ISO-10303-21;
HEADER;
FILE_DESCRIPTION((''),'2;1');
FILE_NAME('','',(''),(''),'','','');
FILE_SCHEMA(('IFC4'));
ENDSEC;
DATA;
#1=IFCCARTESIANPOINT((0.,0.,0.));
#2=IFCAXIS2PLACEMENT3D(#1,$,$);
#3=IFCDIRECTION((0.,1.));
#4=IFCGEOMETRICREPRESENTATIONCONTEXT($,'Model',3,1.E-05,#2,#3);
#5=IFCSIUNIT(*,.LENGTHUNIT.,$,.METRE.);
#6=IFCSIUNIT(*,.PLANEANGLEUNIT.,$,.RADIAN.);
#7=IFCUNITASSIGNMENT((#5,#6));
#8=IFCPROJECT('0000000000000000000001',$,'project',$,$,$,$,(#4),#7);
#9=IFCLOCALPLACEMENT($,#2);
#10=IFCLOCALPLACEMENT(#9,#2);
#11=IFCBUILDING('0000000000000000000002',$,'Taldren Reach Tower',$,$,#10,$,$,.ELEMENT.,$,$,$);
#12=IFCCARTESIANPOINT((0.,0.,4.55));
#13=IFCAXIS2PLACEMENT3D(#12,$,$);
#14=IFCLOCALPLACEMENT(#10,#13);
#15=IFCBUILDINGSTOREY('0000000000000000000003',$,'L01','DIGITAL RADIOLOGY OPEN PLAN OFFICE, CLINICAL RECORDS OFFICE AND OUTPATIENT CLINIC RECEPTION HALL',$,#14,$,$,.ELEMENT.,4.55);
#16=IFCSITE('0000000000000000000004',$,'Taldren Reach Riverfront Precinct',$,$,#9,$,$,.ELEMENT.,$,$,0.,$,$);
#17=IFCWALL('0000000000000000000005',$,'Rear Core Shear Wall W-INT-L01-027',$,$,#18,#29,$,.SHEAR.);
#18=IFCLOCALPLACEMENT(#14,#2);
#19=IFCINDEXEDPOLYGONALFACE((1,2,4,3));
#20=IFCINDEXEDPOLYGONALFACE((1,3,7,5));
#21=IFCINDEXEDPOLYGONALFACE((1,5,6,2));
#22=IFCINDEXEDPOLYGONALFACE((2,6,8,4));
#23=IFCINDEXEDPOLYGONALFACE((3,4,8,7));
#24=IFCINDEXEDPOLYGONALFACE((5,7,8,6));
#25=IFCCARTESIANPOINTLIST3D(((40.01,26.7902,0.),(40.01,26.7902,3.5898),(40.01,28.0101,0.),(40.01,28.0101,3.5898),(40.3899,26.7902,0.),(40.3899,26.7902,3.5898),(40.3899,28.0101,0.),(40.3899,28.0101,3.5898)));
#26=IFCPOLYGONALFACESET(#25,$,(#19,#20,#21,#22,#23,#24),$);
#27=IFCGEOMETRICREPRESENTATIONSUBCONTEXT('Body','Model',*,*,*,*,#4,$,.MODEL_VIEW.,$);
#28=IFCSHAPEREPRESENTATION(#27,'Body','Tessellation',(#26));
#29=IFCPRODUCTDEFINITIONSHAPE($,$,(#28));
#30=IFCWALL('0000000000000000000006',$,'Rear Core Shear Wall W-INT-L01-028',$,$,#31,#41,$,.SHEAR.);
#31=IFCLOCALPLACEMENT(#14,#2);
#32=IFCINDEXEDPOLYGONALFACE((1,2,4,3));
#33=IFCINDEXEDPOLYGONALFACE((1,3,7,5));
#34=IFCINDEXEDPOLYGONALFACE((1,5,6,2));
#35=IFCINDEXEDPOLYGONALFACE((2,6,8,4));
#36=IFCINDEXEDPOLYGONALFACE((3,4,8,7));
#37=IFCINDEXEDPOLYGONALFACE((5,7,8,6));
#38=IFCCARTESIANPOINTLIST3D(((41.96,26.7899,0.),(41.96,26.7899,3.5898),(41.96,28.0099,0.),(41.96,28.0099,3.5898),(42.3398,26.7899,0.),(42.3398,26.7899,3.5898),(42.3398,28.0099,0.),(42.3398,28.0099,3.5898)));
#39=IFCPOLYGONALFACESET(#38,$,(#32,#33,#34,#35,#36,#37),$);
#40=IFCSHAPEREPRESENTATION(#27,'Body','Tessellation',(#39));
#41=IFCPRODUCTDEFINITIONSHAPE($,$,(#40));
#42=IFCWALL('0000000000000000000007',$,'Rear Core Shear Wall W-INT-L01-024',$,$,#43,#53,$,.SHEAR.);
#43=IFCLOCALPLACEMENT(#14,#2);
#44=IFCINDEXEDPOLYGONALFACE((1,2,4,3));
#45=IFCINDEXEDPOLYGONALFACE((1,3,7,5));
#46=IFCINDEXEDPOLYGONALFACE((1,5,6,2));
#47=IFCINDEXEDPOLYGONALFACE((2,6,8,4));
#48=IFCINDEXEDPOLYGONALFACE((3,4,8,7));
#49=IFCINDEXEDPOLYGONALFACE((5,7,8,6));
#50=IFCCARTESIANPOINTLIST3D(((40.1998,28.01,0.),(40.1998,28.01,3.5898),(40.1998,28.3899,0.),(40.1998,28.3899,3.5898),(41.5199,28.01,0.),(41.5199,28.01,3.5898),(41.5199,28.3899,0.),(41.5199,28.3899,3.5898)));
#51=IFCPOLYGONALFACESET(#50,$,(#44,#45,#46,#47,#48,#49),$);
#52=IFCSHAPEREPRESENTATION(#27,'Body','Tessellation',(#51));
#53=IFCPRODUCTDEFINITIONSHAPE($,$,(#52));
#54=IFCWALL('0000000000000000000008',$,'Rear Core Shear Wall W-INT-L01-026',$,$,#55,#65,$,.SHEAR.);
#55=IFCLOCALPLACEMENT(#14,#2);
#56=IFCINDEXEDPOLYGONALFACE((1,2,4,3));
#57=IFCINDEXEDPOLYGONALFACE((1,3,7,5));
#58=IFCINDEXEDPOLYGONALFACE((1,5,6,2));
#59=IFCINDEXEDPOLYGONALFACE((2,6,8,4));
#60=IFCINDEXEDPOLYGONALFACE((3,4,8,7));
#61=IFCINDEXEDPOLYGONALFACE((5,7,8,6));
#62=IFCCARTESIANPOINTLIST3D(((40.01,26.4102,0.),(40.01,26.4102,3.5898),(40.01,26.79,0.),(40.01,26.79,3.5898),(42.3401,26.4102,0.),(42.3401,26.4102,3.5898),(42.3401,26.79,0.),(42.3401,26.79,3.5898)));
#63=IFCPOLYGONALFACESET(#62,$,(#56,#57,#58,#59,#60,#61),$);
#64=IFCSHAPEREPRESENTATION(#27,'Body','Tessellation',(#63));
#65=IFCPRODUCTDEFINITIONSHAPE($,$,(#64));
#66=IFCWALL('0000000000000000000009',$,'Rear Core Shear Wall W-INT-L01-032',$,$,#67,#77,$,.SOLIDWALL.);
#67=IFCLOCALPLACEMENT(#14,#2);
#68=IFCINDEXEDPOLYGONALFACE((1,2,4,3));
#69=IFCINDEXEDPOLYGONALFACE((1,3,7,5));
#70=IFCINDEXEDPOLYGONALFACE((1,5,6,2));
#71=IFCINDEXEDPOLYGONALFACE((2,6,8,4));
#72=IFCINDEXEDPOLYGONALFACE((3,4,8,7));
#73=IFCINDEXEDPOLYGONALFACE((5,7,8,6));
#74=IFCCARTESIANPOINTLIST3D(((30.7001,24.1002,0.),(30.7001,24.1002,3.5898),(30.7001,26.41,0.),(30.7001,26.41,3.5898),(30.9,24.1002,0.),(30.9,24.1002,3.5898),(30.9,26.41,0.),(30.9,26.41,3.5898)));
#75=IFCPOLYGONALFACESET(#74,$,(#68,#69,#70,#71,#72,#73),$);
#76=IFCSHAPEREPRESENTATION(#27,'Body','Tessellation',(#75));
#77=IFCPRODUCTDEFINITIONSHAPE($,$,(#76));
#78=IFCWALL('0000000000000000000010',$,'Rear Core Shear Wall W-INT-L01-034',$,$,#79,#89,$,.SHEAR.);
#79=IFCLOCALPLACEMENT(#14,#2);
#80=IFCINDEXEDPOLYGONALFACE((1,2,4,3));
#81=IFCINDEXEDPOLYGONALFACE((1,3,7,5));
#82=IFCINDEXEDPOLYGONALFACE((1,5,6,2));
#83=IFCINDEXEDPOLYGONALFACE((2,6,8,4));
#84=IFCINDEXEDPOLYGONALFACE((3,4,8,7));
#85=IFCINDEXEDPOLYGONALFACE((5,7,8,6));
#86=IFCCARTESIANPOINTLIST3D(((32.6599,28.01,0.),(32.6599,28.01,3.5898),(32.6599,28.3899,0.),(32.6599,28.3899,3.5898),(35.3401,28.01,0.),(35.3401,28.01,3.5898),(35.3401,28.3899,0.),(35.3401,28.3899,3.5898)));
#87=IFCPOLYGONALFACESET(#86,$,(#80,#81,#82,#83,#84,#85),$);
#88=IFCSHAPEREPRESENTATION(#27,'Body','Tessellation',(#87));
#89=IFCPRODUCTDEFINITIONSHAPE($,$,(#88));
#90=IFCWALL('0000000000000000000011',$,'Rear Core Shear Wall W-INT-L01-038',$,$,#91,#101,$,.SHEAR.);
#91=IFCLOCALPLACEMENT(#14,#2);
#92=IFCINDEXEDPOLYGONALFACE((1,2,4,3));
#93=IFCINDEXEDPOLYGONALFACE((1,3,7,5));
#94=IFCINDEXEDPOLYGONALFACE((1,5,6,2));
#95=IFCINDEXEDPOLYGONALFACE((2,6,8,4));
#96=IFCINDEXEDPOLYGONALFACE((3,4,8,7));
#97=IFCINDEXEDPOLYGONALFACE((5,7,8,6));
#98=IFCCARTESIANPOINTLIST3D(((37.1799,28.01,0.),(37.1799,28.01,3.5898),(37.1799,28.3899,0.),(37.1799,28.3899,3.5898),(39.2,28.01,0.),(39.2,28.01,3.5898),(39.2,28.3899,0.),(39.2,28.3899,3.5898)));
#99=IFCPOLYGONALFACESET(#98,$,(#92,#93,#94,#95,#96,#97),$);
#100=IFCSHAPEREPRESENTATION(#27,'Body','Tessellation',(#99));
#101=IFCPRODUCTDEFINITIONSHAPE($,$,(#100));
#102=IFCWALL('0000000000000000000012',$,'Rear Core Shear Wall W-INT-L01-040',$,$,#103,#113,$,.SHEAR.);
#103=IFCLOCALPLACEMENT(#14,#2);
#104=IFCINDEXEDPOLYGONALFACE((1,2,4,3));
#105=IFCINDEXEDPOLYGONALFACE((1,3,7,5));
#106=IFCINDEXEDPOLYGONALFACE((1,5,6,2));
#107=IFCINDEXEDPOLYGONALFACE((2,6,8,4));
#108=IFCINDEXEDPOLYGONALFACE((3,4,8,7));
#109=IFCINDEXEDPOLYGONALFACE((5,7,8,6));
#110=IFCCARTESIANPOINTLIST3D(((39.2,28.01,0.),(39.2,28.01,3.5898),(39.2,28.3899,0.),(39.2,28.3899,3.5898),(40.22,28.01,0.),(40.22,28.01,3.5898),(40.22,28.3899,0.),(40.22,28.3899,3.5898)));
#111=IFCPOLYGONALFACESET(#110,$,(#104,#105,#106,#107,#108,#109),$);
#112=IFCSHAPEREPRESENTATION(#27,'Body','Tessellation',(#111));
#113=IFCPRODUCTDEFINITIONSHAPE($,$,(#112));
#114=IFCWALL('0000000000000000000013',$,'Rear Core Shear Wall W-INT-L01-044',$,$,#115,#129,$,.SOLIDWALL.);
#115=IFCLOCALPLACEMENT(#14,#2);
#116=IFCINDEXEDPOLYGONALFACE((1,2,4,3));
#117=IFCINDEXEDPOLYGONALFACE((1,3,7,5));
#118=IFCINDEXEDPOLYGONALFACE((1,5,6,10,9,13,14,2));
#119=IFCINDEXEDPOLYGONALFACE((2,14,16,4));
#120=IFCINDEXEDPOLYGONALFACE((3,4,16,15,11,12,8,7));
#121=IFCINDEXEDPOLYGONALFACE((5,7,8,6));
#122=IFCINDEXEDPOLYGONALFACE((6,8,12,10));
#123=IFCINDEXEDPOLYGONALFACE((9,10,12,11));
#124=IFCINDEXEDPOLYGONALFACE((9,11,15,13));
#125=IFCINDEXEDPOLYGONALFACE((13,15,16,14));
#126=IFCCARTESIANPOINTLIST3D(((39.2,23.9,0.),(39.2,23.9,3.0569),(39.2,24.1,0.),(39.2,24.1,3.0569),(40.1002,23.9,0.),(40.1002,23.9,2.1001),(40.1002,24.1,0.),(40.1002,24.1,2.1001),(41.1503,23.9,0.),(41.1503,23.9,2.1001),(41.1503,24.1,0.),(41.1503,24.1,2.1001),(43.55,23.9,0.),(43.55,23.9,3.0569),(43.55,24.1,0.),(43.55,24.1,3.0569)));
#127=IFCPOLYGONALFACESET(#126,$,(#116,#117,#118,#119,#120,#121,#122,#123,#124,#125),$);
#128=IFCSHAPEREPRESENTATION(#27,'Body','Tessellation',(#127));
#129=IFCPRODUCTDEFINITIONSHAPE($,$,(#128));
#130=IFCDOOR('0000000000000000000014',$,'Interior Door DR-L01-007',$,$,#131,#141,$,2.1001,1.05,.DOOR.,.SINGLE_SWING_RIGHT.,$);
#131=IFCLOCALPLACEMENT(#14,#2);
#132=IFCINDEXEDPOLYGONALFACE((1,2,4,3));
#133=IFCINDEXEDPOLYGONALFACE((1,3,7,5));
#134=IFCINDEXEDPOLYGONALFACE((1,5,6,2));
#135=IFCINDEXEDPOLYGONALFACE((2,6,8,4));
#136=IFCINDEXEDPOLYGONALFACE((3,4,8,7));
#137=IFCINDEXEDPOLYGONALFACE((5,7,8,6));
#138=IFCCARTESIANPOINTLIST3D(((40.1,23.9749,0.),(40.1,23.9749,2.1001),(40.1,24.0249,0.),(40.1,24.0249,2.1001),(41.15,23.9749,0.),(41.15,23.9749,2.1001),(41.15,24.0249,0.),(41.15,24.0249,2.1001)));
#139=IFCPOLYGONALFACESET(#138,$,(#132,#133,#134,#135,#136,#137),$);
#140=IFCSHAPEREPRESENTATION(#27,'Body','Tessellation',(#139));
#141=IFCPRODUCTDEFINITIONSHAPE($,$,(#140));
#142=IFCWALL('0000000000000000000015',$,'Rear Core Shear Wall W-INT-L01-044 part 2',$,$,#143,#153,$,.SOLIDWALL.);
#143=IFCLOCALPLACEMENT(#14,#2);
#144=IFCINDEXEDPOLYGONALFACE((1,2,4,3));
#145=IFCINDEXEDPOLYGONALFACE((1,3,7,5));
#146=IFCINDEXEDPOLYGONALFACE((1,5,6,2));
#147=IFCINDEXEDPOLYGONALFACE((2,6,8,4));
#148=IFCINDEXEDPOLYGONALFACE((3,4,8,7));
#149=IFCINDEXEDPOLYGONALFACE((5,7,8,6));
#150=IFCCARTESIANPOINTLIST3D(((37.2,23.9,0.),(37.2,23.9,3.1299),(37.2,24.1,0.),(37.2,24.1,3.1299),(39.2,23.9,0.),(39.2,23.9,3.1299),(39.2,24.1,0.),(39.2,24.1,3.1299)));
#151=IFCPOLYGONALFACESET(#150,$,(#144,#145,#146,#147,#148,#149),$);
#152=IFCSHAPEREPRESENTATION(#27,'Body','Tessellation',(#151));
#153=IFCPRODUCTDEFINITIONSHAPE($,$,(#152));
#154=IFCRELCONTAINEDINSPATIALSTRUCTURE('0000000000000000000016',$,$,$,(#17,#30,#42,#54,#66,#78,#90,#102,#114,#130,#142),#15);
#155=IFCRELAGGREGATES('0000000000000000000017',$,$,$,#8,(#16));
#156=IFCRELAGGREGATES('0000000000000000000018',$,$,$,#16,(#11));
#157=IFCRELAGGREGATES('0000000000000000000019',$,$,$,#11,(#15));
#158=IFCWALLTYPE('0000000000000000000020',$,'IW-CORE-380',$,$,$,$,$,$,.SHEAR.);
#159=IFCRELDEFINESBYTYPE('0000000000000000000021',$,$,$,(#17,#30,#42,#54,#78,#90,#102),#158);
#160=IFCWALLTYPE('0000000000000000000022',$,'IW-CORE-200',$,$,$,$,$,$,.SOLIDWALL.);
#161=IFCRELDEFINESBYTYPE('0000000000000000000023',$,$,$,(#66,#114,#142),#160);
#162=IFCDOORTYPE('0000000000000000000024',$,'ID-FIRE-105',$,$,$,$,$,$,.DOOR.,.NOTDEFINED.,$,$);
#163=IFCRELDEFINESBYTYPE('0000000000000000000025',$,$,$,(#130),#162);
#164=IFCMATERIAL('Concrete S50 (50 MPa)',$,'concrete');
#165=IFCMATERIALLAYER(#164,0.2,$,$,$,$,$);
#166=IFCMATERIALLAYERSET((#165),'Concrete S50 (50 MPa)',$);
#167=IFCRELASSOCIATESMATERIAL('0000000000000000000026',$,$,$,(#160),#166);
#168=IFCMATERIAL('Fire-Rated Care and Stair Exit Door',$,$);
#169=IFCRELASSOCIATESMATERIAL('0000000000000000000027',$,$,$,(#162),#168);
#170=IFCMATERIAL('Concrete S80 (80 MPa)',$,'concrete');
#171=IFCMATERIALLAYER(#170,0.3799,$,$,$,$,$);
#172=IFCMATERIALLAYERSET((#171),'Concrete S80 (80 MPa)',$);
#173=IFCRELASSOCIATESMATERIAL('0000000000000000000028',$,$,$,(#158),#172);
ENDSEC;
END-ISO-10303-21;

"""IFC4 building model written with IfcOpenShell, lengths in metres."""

from ifc_helpers import new_model, si_unit, direction, frame, frame_2d, origin, place, context, subcontext, project, spatial, rectangle, extrude, source, transform, mapped, material, layer, layer_set, type_object, element, fill, save


model = new_model("IFC4")

# Units and contexts
model_context = context("Model", 3, precision=1e-05, world=origin(), true_north=direction((0.0, 1.0)))
body_context = subcontext(model_context, "Body", "Model", "MODEL_VIEW")
ifc_project = project(units=[si_unit("LENGTHUNIT", "METRE"), si_unit("PLANEANGLEUNIT", "RADIAN")], contexts=[model_context])

# Site, building, storey
site_placement = place(None, origin())
site = spatial("IfcSite", under=ifc_project, at=site_placement, Name="Taldren Reach Riverfront Precinct", CompositionType="ELEMENT", RefElevation=0.0)
building_placement = place(site_placement, origin())
building = spatial("IfcBuilding", under=site, at=building_placement, Name="Taldren Reach Tower", CompositionType="ELEMENT")
storey_placement = place(building_placement, frame((0.0, 0.0, 4.55)))
storey = spatial("IfcBuildingStorey", under=building, at=storey_placement, Name="L01", Description="DIGITAL RADIOLOGY OPEN PLAN OFFICE, CLINICAL RECORDS OFFICE AND OUTPATIENT CLINIC RECEPTION HALL", CompositionType="ELEMENT", Elevation=4.55)

# Shared definitions
ifc_material_1 = material(Name="Concrete S50 (50 MPa)", Category="concrete")
ifc_layer_1 = layer(ifc_material_1, 0.2)
ifc_layer_set_1 = layer_set([ifc_layer_1], Name="Concrete S50 (50 MPa)")
wall_type_1 = type_object("IfcWallType", Name="IW-CORE-200", PredefinedType="SOLIDWALL", material=ifc_layer_set_1)

# Shared definitions
shared_shape_1 = source(origin(), body_context, "Body", "SweptSolid", [
    extrude(rectangle(XDim=1.05, YDim=2.1001, at=frame_2d((0.5249, 1.05))), frame((0.0, 0.1099, 0.0), z_axis=(0.0, -1.0, 0.0), x_axis=(1.0, 0.0, 0.0)), (0.0, 0.0, 1.0), 0.22),
])
ifc_material_2 = material(Name="Fire-Rated Care and Stair Exit Door")
door_type = type_object("IfcDoorType", Name="ID-FIRE-105", OperationType="NOTDEFINED", PredefinedType="DOOR", material=ifc_material_2)
shared_shape_2 = source(origin(), body_context, "Body", "SweptSolid", [
    extrude(rectangle(XDim=1.05, YDim=2.1001, at=frame_2d((0.5249, 1.05))), frame((0.0, 0.0249, 0.0), z_axis=(0.0, -1.0, 0.0), x_axis=(1.0, 0.0, 0.0)), (0.0, 0.0, 1.0), 0.05),
])

# Walls
ifc_material_3 = material(Name="Concrete S80 (80 MPa)", Category="concrete")
ifc_layer_2 = layer(ifc_material_3, 0.3799)
ifc_layer_set_2 = layer_set([ifc_layer_2], Name="Concrete S80 (80 MPa)")
wall_type_2 = type_object("IfcWallType", Name="IW-CORE-380", PredefinedType="SHEAR", material=ifc_layer_set_2)
shared_shape_3 = source(origin(), body_context, "Body", "SweptSolid", [
    extrude(rectangle(XDim=1.22, YDim=0.3799, at=frame_2d((0.6099, 0.0))), origin(), (0.0, 0.0, 1.0), 3.5898),
])
for number, where, z_axis, x_axis, name in (
    (1, (40.2, 28.01, 0.0), (0.0, 0.0, 1.0), (0.0, -1.0, 0.0), "Rear Core Shear Wall W-INT-L01-027"),
    (2, (42.1499, 26.79, 0.0), (0.0, 0.0, 1.0), (0.0, 1.0, 0.0), "Rear Core Shear Wall W-INT-L01-028"),
):
    element("IfcWall", number, at=place(storey_placement, frame(where, z_axis=z_axis, x_axis=x_axis)), inside=storey, type_object=wall_type_2, Name=name, PredefinedType="SHEAR", context=body_context, shape_type="MappedRepresentation", body=[
        mapped(shared_shape_3, transform((0.0, 0.0, 0.0), scale=1.0)),
    ])
shared_shape_4 = source(origin(), body_context, "Body", "SweptSolid", [
    extrude(rectangle(XDim=1.3201, YDim=0.3799, at=frame_2d((0.6602, 0.0))), origin(), (0.0, 0.0, 1.0), 3.5898),
])
wall_1_placement = place(storey_placement, frame((41.52, 28.2, 0.0), z_axis=(0.0, 0.0, 1.0), x_axis=(-1.0, 0.0, 0.0)))
element("IfcWall", 3, at=wall_1_placement, inside=storey, type_object=wall_type_2, Name="Rear Core Shear Wall W-INT-L01-024", PredefinedType="SHEAR", context=body_context, shape_type="MappedRepresentation", body=[
    mapped(shared_shape_4, transform((0.0, 0.0, 0.0), scale=1.0)),
])
shared_shape_5 = source(origin(), body_context, "Body", "SweptSolid", [
    extrude(rectangle(XDim=2.3301, YDim=0.3799, at=frame_2d((1.165, 0.0))), origin(), (0.0, 0.0, 1.0), 3.5898),
])
wall_2_placement = place(storey_placement, frame((40.01, 26.6001, 0.0), z_axis=(0.0, 0.0, 1.0), x_axis=(1.0, 0.0, 0.0)))
element("IfcWall", 4, at=wall_2_placement, inside=storey, type_object=wall_type_2, Name="Rear Core Shear Wall W-INT-L01-026", PredefinedType="SHEAR", context=body_context, shape_type="MappedRepresentation", body=[
    mapped(shared_shape_5, transform((0.0, 0.0, 0.0), scale=1.0)),
])
shared_shape_6 = source(origin(), body_context, "Body", "SweptSolid", [
    extrude(rectangle(XDim=2.3098, YDim=0.2, at=frame_2d((1.1548, 0.0))), origin(), (0.0, 0.0, 1.0), 3.5898),
])
wall_3_placement = place(storey_placement, frame((30.8, 26.4099, 0.0), z_axis=(0.0, 0.0, 1.0), x_axis=(0.0, -1.0, 0.0)))
element("IfcWall", 5, at=wall_3_placement, inside=storey, type_object=wall_type_1, Name="Rear Core Shear Wall W-INT-L01-032", PredefinedType="SOLIDWALL", context=body_context, shape_type="MappedRepresentation", body=[
    mapped(shared_shape_6, transform((0.0, 0.0, 0.0), scale=1.0)),
])
shared_shape_7 = source(origin(), body_context, "Body", "SweptSolid", [
    extrude(rectangle(XDim=2.6802, YDim=0.3799, at=frame_2d((1.3401, 0.0))), origin(), (0.0, 0.0, 1.0), 3.5898),
])
wall_4_placement = place(storey_placement, frame((32.6599, 28.2, 0.0), z_axis=(0.0, 0.0, 1.0), x_axis=(1.0, 0.0, 0.0)))
element("IfcWall", 6, at=wall_4_placement, inside=storey, type_object=wall_type_2, Name="Rear Core Shear Wall W-INT-L01-034", PredefinedType="SHEAR", context=body_context, shape_type="MappedRepresentation", body=[
    mapped(shared_shape_7, transform((0.0, 0.0, 0.0), scale=1.0)),
])
shared_shape_8 = source(origin(), body_context, "Body", "SweptSolid", [
    extrude(rectangle(XDim=2.02, YDim=0.3799, at=frame_2d((1.01, 0.0))), origin(), (0.0, 0.0, 1.0), 3.5898),
])
wall_5_placement = place(storey_placement, frame((37.1799, 28.2, 0.0), z_axis=(0.0, 0.0, 1.0), x_axis=(1.0, 0.0, 0.0)))
element("IfcWall", 7, at=wall_5_placement, inside=storey, type_object=wall_type_2, Name="Rear Core Shear Wall W-INT-L01-038", PredefinedType="SHEAR", context=body_context, shape_type="MappedRepresentation", body=[
    mapped(shared_shape_8, transform((0.0, 0.0, 0.0), scale=1.0)),
])
shared_shape_9 = source(origin(), body_context, "Body", "SweptSolid", [
    extrude(rectangle(XDim=1.02, YDim=0.3799, at=frame_2d((0.51, 0.0))), origin(), (0.0, 0.0, 1.0), 3.5898),
])
wall_6_placement = place(storey_placement, frame((39.2, 28.2, 0.0), z_axis=(0.0, 0.0, 1.0), x_axis=(1.0, 0.0, 0.0)))
element("IfcWall", 8, at=wall_6_placement, inside=storey, type_object=wall_type_2, Name="Rear Core Shear Wall W-INT-L01-040", PredefinedType="SHEAR", context=body_context, shape_type="MappedRepresentation", body=[
    mapped(shared_shape_9, transform((0.0, 0.0, 0.0), scale=1.0)),
])

# Wall, opening, door
shared_shape_10 = source(origin(), body_context, "Body", "SweptSolid", [
    extrude(rectangle(XDim=4.3501, YDim=0.2, at=frame_2d((2.175, 0.0))), origin(), (0.0, 0.0, 1.0), 3.0569),
])
wall_7_placement = place(storey_placement, frame((43.55, 24.0, 0.0), z_axis=(0.0, 0.0, 1.0), x_axis=(-1.0, 0.0, 0.0)))
wall_7 = element("IfcWall", 9, at=wall_7_placement, inside=storey, type_object=wall_type_1, Name="Rear Core Shear Wall W-INT-L01-044", PredefinedType="SOLIDWALL", context=body_context, shape_type="MappedRepresentation", body=[
    mapped(shared_shape_10, transform((0.0, 0.0, 0.0), scale=1.0)),
])
opening_1_placement = place(wall_7_placement, frame((2.3999, 0.0, 0.0)))
opening_1 = element("IfcOpeningElement", 10, at=opening_1_placement, cuts=wall_7, PredefinedType="OPENING", context=body_context, shape_type="MappedRepresentation", body=[
    mapped(shared_shape_1, transform((0.0, 0.0, 0.0), scale=1.0)),
])
door_1_placement = place(opening_1_placement, frame((1.05, 0.0, 0.0), z_axis=(0.0, 0.0, 1.0), x_axis=(-1.0, 0.0, 0.0)))
door_1 = element("IfcDoor", 11, at=door_1_placement, inside=storey, type_object=door_type, Name="Interior Door DR-L01-007", OperationType="SINGLE_SWING_RIGHT", OverallHeight=2.1001, OverallWidth=1.05, PredefinedType="DOOR", context=body_context, shape_type="MappedRepresentation", body=[
    mapped(shared_shape_2, transform((0.0, 0.0, 0.0), scale=1.0)),
])
fill(opening_1, door_1)

# Wall
shared_shape_11 = source(origin(), body_context, "Body", "SweptSolid", [
    extrude(rectangle(XDim=2.0, YDim=0.2, at=frame_2d((1.0, 0.0))), origin(), (0.0, 0.0, 1.0), 3.1299),
])
wall_8_placement = place(storey_placement, frame((39.2, 24.0, 0.0), z_axis=(0.0, 0.0, 1.0), x_axis=(-1.0, 0.0, 0.0)))
element("IfcWall", 12, at=wall_8_placement, inside=storey, type_object=wall_type_1, Name="Rear Core Shear Wall W-INT-L01-044 part 2", PredefinedType="SOLIDWALL", context=body_context, shape_type="MappedRepresentation", body=[
    mapped(shared_shape_11, transform((0.0, 0.0, 0.0), scale=1.0)),
])

save(model, "model.ifc")
